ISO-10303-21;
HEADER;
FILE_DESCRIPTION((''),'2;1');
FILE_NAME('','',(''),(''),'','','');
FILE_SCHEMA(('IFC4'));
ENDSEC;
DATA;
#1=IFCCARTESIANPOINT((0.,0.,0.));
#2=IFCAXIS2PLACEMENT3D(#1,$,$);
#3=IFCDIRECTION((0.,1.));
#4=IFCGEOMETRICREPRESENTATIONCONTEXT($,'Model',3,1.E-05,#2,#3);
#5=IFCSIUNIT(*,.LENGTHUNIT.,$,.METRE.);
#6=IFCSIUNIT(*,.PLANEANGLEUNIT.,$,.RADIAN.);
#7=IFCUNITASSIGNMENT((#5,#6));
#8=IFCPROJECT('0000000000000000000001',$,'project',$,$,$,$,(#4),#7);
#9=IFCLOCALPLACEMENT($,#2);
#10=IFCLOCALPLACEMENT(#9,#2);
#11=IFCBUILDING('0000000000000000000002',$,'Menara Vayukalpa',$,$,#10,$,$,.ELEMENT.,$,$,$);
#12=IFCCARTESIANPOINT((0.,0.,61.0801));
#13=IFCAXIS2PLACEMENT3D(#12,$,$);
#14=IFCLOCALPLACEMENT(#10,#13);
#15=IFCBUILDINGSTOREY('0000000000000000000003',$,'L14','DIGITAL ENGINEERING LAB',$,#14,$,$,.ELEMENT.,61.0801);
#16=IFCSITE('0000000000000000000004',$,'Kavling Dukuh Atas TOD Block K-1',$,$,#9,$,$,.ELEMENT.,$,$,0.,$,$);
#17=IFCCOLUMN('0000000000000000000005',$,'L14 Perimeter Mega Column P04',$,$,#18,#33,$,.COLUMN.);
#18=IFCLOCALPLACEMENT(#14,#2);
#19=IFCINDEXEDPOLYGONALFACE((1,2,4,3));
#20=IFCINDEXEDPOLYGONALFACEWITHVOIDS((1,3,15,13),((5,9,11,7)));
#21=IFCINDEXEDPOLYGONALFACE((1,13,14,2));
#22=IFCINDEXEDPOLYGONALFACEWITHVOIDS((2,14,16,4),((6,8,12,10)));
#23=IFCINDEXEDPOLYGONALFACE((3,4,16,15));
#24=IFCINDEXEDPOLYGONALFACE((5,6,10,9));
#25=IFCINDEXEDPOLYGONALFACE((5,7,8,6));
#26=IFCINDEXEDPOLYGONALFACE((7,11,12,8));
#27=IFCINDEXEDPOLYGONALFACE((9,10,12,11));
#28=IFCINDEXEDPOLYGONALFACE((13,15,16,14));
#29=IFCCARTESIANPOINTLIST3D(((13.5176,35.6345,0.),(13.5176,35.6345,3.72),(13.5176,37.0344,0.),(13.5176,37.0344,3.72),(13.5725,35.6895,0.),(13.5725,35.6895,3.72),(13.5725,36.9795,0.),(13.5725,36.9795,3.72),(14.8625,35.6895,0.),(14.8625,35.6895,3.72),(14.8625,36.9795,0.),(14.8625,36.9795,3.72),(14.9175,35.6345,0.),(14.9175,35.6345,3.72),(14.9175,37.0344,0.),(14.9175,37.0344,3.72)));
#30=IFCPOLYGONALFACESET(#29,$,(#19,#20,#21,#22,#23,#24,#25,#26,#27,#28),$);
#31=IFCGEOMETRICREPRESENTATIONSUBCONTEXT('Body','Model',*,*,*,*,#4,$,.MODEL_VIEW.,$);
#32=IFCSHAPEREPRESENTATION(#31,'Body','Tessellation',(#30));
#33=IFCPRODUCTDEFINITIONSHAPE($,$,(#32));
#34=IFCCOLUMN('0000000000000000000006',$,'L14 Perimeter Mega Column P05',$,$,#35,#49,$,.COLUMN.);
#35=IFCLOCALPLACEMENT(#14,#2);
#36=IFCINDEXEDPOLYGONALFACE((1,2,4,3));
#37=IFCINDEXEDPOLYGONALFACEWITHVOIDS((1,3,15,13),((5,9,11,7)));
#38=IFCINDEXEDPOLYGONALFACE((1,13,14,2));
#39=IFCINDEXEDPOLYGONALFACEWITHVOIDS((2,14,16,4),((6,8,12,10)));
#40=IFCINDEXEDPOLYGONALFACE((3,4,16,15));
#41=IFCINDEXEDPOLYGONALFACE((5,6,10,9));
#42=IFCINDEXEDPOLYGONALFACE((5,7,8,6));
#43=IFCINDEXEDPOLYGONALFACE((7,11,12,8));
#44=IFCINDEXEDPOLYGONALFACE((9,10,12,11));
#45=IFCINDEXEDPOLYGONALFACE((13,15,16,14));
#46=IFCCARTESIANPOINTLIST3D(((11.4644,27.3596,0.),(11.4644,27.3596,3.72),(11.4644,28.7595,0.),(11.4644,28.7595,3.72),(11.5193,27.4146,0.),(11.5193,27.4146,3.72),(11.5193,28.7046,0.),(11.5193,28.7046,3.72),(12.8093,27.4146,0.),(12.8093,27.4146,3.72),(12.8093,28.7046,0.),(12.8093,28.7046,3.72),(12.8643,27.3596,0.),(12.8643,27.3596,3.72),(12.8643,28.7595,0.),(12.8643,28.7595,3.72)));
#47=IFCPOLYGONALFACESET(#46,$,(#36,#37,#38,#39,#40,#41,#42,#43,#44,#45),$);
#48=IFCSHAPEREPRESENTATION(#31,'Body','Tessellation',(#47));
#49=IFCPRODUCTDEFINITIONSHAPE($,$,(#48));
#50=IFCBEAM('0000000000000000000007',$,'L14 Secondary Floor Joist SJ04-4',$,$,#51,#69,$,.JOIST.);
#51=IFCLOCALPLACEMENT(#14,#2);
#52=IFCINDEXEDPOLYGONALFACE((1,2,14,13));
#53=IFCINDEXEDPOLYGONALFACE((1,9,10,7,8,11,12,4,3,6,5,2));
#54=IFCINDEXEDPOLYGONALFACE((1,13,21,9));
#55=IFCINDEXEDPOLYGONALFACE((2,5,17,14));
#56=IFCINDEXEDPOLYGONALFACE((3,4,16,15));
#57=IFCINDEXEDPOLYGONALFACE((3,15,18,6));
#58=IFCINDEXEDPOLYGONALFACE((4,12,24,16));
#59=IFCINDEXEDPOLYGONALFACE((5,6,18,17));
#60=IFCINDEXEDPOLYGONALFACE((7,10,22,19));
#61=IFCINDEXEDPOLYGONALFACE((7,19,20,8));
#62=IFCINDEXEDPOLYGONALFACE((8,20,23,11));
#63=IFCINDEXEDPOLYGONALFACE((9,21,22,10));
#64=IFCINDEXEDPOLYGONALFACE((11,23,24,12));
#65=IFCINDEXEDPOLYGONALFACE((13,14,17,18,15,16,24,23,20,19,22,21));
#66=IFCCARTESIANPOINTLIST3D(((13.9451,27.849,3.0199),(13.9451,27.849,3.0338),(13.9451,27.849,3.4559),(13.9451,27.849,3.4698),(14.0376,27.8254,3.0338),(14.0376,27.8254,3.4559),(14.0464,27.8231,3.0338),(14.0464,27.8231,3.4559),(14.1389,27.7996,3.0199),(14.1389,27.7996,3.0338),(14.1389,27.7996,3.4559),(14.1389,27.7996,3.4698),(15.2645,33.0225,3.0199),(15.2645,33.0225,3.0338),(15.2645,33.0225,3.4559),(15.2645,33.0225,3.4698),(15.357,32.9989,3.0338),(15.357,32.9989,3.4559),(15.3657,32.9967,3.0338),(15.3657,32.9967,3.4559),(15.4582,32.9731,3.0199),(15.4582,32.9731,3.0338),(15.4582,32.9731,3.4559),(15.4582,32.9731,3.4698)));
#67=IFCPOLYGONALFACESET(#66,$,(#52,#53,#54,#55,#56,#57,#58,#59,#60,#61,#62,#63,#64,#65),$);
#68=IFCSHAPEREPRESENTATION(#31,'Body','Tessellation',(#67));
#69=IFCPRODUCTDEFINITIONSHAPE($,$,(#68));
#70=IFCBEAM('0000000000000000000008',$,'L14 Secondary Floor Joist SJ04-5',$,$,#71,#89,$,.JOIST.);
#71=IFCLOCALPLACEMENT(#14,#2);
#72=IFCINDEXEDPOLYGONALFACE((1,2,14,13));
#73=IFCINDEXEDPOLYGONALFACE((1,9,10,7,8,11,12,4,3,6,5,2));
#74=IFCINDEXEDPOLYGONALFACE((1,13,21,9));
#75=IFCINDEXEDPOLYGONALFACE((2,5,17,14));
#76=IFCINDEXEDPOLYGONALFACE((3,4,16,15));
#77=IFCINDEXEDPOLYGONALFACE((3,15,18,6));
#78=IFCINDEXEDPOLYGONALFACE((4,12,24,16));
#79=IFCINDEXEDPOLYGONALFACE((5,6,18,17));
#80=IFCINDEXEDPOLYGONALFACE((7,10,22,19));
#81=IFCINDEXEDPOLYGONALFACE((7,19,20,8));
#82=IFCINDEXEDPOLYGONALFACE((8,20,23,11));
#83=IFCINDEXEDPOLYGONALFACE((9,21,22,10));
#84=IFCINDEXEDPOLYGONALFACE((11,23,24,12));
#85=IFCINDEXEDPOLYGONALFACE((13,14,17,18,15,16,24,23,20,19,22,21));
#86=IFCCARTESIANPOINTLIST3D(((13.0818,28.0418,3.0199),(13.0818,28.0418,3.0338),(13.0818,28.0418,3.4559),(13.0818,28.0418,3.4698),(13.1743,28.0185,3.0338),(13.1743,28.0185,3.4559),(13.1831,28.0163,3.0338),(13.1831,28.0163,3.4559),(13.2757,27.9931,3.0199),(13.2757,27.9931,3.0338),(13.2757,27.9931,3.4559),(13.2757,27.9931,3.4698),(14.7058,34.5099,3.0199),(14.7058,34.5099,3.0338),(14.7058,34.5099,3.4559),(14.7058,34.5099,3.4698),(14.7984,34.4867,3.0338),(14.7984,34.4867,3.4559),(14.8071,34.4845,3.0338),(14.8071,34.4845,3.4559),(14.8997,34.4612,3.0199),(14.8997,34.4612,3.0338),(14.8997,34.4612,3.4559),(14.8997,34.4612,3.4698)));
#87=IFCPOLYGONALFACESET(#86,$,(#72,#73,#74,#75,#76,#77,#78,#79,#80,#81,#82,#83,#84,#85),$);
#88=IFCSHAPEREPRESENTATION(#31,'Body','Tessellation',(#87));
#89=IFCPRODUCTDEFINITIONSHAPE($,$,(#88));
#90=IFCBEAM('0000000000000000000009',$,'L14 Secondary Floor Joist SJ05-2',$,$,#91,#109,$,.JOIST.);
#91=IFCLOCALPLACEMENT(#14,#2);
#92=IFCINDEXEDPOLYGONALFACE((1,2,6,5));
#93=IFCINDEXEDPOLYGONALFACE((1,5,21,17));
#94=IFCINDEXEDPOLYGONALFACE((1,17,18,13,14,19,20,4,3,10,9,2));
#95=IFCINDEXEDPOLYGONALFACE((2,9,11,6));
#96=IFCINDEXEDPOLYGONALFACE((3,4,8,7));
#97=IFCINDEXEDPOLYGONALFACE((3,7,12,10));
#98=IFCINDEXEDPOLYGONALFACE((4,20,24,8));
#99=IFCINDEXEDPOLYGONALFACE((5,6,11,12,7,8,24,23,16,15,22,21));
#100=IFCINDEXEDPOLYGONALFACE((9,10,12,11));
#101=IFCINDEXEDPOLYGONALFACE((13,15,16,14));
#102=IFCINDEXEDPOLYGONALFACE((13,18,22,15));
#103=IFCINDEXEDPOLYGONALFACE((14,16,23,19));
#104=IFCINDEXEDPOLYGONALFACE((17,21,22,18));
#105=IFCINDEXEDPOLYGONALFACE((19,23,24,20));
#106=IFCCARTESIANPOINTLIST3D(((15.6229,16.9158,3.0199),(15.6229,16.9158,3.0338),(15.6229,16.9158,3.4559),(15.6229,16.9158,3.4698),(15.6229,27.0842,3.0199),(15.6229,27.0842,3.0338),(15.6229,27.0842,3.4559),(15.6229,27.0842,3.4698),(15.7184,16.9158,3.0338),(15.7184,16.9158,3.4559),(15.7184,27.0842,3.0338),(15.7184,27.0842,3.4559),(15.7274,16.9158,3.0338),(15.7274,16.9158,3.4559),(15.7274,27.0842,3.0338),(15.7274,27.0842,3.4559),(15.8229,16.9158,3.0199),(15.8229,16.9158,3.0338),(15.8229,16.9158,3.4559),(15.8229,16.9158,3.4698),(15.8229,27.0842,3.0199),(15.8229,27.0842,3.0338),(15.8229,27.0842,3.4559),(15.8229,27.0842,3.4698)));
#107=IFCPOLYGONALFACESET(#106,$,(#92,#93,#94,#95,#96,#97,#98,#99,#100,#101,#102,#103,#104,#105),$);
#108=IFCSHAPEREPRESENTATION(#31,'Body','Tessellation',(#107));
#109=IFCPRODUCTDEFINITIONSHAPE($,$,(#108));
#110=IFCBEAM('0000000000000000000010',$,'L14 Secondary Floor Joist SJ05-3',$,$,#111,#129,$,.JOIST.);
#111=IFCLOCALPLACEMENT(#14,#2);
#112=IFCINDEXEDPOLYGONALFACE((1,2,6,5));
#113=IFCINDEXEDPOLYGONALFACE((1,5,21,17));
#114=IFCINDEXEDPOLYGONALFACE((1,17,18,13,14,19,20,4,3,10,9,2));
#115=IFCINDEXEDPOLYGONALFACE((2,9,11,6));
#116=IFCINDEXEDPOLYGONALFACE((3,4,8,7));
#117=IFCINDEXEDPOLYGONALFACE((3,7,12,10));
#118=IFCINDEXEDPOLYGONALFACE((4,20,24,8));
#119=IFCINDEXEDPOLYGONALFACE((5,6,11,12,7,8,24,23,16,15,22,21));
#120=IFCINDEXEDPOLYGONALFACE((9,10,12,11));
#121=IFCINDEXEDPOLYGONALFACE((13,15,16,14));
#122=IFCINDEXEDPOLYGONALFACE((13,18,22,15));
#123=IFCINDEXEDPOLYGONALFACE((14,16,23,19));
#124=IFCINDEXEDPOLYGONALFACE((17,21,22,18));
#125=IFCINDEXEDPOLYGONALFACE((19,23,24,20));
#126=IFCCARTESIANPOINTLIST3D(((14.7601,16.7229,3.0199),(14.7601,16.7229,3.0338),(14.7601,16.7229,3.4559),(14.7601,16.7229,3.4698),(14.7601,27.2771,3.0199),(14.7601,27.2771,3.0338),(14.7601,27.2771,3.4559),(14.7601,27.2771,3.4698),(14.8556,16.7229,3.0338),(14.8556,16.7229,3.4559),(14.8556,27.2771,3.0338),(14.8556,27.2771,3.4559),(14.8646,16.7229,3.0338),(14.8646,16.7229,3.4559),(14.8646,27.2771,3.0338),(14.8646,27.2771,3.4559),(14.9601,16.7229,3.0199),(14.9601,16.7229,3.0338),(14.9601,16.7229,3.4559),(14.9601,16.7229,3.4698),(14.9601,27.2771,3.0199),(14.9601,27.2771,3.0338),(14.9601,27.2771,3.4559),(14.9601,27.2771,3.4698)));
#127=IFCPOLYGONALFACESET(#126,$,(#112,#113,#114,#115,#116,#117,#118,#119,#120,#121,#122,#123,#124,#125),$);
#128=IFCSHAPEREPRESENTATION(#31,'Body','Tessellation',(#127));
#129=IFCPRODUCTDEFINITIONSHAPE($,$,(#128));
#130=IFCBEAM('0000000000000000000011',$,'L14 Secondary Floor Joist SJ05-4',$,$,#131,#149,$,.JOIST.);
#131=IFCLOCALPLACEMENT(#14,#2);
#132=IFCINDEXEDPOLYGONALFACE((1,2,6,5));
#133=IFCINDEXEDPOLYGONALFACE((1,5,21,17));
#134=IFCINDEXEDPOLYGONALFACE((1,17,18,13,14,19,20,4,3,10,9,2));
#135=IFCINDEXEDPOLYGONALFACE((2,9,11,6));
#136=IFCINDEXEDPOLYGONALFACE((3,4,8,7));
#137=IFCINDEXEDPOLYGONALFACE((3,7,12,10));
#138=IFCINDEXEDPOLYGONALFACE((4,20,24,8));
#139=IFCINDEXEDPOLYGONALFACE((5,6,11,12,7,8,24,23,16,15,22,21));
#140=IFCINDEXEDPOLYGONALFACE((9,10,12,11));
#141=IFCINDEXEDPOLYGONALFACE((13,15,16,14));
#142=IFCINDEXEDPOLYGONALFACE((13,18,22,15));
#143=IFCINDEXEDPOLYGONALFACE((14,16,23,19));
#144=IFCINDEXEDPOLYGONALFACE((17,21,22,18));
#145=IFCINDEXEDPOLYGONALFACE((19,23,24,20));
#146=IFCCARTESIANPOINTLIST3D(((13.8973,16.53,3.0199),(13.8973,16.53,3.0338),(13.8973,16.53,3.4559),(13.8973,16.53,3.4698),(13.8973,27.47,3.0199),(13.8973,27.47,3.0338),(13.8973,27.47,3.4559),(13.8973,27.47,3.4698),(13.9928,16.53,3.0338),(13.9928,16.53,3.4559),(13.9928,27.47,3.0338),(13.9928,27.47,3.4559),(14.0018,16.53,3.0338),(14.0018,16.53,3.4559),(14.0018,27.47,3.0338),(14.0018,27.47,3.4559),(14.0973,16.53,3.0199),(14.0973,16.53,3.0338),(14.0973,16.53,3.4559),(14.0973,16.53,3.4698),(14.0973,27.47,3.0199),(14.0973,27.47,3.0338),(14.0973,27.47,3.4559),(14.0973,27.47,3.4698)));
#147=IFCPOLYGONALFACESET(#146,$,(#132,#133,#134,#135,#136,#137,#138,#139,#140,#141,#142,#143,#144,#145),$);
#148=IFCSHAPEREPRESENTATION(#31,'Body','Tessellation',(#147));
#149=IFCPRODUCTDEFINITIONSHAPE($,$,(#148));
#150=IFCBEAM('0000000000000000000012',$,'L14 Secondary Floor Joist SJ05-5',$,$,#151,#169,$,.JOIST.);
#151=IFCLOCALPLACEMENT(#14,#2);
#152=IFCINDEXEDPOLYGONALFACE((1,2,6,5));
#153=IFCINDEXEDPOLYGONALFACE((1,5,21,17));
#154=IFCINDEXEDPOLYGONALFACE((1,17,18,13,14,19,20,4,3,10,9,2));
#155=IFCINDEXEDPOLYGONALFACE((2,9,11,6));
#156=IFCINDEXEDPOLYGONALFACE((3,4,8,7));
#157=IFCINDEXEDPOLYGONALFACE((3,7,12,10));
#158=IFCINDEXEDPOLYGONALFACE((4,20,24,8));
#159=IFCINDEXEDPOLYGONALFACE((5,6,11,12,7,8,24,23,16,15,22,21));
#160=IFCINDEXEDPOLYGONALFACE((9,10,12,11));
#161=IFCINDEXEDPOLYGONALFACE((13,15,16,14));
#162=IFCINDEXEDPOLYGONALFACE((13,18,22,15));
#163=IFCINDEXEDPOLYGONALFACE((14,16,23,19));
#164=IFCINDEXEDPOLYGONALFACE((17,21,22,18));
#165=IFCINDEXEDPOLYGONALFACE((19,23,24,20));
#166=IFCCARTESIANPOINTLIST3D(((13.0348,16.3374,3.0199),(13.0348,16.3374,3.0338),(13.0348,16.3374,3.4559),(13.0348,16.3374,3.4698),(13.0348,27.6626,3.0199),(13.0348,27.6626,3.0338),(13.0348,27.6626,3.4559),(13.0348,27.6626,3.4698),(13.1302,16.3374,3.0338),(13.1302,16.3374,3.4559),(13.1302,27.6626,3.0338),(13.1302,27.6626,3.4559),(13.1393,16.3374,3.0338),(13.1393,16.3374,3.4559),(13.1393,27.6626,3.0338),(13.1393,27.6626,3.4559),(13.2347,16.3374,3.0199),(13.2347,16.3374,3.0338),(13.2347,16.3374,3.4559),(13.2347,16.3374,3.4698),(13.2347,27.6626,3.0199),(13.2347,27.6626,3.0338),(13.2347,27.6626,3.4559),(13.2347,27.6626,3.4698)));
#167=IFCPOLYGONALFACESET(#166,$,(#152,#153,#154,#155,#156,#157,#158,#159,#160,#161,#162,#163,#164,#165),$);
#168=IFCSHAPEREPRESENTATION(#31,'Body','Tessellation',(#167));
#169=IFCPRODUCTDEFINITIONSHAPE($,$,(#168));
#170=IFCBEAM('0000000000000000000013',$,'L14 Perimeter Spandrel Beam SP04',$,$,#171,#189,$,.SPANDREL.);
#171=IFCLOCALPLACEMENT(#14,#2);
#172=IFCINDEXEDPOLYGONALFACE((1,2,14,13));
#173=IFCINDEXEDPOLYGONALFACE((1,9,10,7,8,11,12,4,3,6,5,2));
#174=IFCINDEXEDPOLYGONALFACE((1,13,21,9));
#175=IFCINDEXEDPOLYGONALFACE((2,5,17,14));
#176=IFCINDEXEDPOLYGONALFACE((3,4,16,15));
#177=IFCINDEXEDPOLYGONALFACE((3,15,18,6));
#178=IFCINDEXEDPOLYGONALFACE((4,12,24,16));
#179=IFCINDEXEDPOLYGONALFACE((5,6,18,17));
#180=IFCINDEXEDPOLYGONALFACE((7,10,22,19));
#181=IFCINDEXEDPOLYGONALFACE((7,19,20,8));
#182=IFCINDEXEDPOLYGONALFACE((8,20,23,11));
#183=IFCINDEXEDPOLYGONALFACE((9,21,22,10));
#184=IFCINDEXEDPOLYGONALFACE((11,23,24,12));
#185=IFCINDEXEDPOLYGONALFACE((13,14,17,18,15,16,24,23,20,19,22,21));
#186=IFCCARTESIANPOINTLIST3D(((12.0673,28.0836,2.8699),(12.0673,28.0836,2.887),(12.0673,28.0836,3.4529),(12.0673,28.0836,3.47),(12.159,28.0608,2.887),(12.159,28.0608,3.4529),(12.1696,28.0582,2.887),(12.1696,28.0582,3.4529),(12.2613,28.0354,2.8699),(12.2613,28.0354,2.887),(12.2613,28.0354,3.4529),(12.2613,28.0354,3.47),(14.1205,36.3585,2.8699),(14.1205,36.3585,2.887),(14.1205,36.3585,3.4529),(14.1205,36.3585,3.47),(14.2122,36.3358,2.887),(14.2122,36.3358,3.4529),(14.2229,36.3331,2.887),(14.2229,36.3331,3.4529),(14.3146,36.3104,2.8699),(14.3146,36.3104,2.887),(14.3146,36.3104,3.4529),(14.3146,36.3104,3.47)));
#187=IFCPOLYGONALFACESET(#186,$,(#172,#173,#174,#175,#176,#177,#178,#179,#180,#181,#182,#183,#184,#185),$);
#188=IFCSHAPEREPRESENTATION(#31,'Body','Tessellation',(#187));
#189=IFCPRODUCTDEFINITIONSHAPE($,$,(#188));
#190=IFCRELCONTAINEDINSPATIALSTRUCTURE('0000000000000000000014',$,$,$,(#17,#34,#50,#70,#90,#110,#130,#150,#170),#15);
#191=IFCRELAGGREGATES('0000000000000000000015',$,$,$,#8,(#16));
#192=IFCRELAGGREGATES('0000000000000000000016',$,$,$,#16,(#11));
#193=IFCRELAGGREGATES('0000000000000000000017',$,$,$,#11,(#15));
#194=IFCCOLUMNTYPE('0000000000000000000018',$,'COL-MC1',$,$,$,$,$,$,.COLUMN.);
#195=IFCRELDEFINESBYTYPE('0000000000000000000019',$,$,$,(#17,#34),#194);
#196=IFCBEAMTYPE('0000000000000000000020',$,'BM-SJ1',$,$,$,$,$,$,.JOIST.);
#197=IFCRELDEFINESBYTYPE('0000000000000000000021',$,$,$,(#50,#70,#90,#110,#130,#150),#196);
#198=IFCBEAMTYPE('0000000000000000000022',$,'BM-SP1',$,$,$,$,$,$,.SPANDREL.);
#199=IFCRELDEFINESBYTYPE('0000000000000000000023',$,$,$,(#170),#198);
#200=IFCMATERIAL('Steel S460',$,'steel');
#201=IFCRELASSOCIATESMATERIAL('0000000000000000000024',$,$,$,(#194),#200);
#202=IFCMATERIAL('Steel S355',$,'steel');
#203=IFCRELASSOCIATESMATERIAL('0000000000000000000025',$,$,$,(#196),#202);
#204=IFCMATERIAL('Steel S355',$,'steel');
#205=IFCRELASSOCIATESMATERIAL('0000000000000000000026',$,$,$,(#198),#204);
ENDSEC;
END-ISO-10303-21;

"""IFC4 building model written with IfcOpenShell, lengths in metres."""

from ifc_helpers import new_model, si_unit, direction, frame, origin, origin_2d, place, context, subcontext, project, spatial, hollow_rectangle, i_section, extrude, material, material_profile, profile_set, type_object, element, save


model = new_model("IFC4")

# Units and contexts
model_context = context("Model", 3, precision=1e-05, world=origin(), true_north=direction((0.0, 1.0)))
body_context = subcontext(model_context, "Body", "Model", "MODEL_VIEW")
ifc_project = project(units=[si_unit("LENGTHUNIT", "METRE"), si_unit("PLANEANGLEUNIT", "RADIAN")], contexts=[model_context])

# Site, building, storey
site_placement = place(None, origin())
site = spatial("IfcSite", under=ifc_project, at=site_placement, Name="Kavling Dukuh Atas TOD Block K-1", CompositionType="ELEMENT", RefElevation=0.0)
building_placement = place(site_placement, origin())
building = spatial("IfcBuilding", under=site, at=building_placement, Name="Menara Vayukalpa", CompositionType="ELEMENT")
storey_placement = place(building_placement, frame((0.0, 0.0, 61.0801)))
storey = spatial("IfcBuildingStorey", under=building, at=storey_placement, Name="L14", Description="DIGITAL ENGINEERING LAB", CompositionType="ELEMENT", Elevation=61.0801)

# Columns
ifc_material_1 = material(Name="Steel S460", Category="steel")
ifc_material_profile_1 = material_profile(ifc_material_1, hollow_rectangle(XDim=1.3999, YDim=1.3999, WallThickness=0.0549, at=origin_2d()), Name="BOX 1400x1400x55")
ifc_profile_set_1 = profile_set([ifc_material_profile_1], Name="Steel S460")
column_type = type_object("IfcColumnType", Name="COL-MC1", PredefinedType="COLUMN", material=ifc_profile_set_1)
for number, where, z_axis, x_axis, name in (
    (1, (14.2175, 36.3345, 0.0), (0.0, 0.0, 1.0), (1.0, 0.0, 0.0), "L14 Perimeter Mega Column P04"),
    (2, (12.1643, 28.0596, 0.0), (0.0, 0.0, 1.0), (1.0, 0.0, 0.0), "L14 Perimeter Mega Column P05"),
):
    element("IfcColumn", number, at=place(storey_placement, frame(where, z_axis=z_axis, x_axis=x_axis)), inside=storey, type_object=column_type, Name=name, PredefinedType="COLUMN", context=body_context, shape_type="SweptSolid", body=[
        extrude(hollow_rectangle(XDim=1.3999, YDim=1.3999, WallThickness=0.0549, at=origin_2d()), origin(), (0.0, 0.0, 1.0), 3.72),
    ])

# Beams
ifc_material_2 = material(Name="Steel S355", Category="steel")
ifc_material_profile_2 = material_profile(ifc_material_2, i_section(OverallWidth=0.2, OverallDepth=0.45, WebThickness=0.009, FlangeThickness=0.0139, at=origin_2d()), Name="WF 450x200x9x14")
ifc_profile_set_2 = profile_set([ifc_material_profile_2], Name="Steel S355")
beam_type_1 = type_object("IfcBeamType", Name="BM-SJ1", PredefinedType="JOIST", material=ifc_profile_set_2)
beam_1_placement = place(storey_placement, frame((15.3613, 32.9978, 3.2449), z_axis=(-0.247106, -0.968989, 0.0), x_axis=(0.968989, -0.247106, 0.0)))
element("IfcBeam", 3, at=beam_1_placement, inside=storey, type_object=beam_type_1, Name="L14 Secondary Floor Joist SJ04-4", PredefinedType="JOIST", context=body_context, shape_type="SweptSolid", body=[
    extrude(i_section(OverallWidth=0.2, OverallDepth=0.45, WebThickness=0.009, FlangeThickness=0.0139, at=origin_2d()), origin(), (0.0, 0.0, 1.0), 5.3391),
])
beam_2_placement = place(storey_placement, frame((14.8027, 34.4856, 3.2449), z_axis=(-0.243517, -0.969897, 0.0), x_axis=(0.969897, -0.243517, 0.0)))
element("IfcBeam", 4, at=beam_2_placement, inside=storey, type_object=beam_type_1, Name="L14 Secondary Floor Joist SJ04-5", PredefinedType="JOIST", context=body_context, shape_type="SweptSolid", body=[
    extrude(i_section(OverallWidth=0.2, OverallDepth=0.45, WebThickness=0.009, FlangeThickness=0.0139, at=origin_2d()), origin(), (0.0, 0.0, 1.0), 6.6689),
])
beam_3_placement = place(storey_placement, frame((15.7229, 27.0842, 3.2449), z_axis=(0.0, -1.0, 0.0), x_axis=(1.0, 0.0, 0.0)))
element("IfcBeam", 5, at=beam_3_placement, inside=storey, type_object=beam_type_1, Name="L14 Secondary Floor Joist SJ05-2", PredefinedType="JOIST", context=body_context, shape_type="SweptSolid", body=[
    extrude(i_section(OverallWidth=0.2, OverallDepth=0.45, WebThickness=0.009, FlangeThickness=0.0139, at=origin_2d()), origin(), (0.0, 0.0, 1.0), 10.1685),
])
beam_4_placement = place(storey_placement, frame((14.8601, 27.2771, 3.2449), z_axis=(0.0, -1.0, 0.0), x_axis=(1.0, 0.0, 0.0)))
element("IfcBeam", 6, at=beam_4_placement, inside=storey, type_object=beam_type_1, Name="L14 Secondary Floor Joist SJ05-3", PredefinedType="JOIST", context=body_context, shape_type="SweptSolid", body=[
    extrude(i_section(OverallWidth=0.2, OverallDepth=0.45, WebThickness=0.009, FlangeThickness=0.0139, at=origin_2d()), origin(), (0.0, 0.0, 1.0), 10.5542),
])
beam_5_placement = place(storey_placement, frame((13.9973, 27.47, 3.2449), z_axis=(0.0, -1.0, 0.0), x_axis=(1.0, 0.0, 0.0)))
element("IfcBeam", 7, at=beam_5_placement, inside=storey, type_object=beam_type_1, Name="L14 Secondary Floor Joist SJ05-4", PredefinedType="JOIST", context=body_context, shape_type="SweptSolid", body=[
    extrude(i_section(OverallWidth=0.2, OverallDepth=0.45, WebThickness=0.009, FlangeThickness=0.0139, at=origin_2d()), origin(), (0.0, 0.0, 1.0), 10.9399),
])
beam_6_placement = place(storey_placement, frame((13.1348, 27.6626, 3.2449), z_axis=(0.0, -1.0, 0.0), x_axis=(1.0, 0.0, 0.0)))
element("IfcBeam", 8, at=beam_6_placement, inside=storey, type_object=beam_type_1, Name="L14 Secondary Floor Joist SJ05-5", PredefinedType="JOIST", context=body_context, shape_type="SweptSolid", body=[
    extrude(i_section(OverallWidth=0.2, OverallDepth=0.45, WebThickness=0.009, FlangeThickness=0.0139, at=origin_2d()), origin(), (0.0, 0.0, 1.0), 11.3252),
])
ifc_material_3 = material(Name="Steel S355", Category="steel")
ifc_material_profile_3 = material_profile(ifc_material_3, i_section(OverallWidth=0.2, OverallDepth=0.6001, WebThickness=0.011, FlangeThickness=0.0171, at=origin_2d()), Name="WF 600x200x11x17")
ifc_profile_set_3 = profile_set([ifc_material_profile_3], Name="Steel S355")
beam_type_2 = type_object("IfcBeamType", Name="BM-SP1", PredefinedType="SPANDREL", material=ifc_profile_set_3)
beam_7_placement = place(storey_placement, frame((14.2175, 36.3345, 3.1699), z_axis=(-0.240824, -0.970569, 0.0), x_axis=(0.970569, -0.240824, 0.0)))
element("IfcBeam", 9, at=beam_7_placement, inside=storey, type_object=beam_type_2, Name="L14 Perimeter Spandrel Beam SP04", PredefinedType="SPANDREL", context=body_context, shape_type="SweptSolid", body=[
    extrude(i_section(OverallWidth=0.2, OverallDepth=0.6001, WebThickness=0.011, FlangeThickness=0.0171, at=origin_2d()), origin(), (0.0, 0.0, 1.0), 8.5259),
])

save(model, "model.ifc")
